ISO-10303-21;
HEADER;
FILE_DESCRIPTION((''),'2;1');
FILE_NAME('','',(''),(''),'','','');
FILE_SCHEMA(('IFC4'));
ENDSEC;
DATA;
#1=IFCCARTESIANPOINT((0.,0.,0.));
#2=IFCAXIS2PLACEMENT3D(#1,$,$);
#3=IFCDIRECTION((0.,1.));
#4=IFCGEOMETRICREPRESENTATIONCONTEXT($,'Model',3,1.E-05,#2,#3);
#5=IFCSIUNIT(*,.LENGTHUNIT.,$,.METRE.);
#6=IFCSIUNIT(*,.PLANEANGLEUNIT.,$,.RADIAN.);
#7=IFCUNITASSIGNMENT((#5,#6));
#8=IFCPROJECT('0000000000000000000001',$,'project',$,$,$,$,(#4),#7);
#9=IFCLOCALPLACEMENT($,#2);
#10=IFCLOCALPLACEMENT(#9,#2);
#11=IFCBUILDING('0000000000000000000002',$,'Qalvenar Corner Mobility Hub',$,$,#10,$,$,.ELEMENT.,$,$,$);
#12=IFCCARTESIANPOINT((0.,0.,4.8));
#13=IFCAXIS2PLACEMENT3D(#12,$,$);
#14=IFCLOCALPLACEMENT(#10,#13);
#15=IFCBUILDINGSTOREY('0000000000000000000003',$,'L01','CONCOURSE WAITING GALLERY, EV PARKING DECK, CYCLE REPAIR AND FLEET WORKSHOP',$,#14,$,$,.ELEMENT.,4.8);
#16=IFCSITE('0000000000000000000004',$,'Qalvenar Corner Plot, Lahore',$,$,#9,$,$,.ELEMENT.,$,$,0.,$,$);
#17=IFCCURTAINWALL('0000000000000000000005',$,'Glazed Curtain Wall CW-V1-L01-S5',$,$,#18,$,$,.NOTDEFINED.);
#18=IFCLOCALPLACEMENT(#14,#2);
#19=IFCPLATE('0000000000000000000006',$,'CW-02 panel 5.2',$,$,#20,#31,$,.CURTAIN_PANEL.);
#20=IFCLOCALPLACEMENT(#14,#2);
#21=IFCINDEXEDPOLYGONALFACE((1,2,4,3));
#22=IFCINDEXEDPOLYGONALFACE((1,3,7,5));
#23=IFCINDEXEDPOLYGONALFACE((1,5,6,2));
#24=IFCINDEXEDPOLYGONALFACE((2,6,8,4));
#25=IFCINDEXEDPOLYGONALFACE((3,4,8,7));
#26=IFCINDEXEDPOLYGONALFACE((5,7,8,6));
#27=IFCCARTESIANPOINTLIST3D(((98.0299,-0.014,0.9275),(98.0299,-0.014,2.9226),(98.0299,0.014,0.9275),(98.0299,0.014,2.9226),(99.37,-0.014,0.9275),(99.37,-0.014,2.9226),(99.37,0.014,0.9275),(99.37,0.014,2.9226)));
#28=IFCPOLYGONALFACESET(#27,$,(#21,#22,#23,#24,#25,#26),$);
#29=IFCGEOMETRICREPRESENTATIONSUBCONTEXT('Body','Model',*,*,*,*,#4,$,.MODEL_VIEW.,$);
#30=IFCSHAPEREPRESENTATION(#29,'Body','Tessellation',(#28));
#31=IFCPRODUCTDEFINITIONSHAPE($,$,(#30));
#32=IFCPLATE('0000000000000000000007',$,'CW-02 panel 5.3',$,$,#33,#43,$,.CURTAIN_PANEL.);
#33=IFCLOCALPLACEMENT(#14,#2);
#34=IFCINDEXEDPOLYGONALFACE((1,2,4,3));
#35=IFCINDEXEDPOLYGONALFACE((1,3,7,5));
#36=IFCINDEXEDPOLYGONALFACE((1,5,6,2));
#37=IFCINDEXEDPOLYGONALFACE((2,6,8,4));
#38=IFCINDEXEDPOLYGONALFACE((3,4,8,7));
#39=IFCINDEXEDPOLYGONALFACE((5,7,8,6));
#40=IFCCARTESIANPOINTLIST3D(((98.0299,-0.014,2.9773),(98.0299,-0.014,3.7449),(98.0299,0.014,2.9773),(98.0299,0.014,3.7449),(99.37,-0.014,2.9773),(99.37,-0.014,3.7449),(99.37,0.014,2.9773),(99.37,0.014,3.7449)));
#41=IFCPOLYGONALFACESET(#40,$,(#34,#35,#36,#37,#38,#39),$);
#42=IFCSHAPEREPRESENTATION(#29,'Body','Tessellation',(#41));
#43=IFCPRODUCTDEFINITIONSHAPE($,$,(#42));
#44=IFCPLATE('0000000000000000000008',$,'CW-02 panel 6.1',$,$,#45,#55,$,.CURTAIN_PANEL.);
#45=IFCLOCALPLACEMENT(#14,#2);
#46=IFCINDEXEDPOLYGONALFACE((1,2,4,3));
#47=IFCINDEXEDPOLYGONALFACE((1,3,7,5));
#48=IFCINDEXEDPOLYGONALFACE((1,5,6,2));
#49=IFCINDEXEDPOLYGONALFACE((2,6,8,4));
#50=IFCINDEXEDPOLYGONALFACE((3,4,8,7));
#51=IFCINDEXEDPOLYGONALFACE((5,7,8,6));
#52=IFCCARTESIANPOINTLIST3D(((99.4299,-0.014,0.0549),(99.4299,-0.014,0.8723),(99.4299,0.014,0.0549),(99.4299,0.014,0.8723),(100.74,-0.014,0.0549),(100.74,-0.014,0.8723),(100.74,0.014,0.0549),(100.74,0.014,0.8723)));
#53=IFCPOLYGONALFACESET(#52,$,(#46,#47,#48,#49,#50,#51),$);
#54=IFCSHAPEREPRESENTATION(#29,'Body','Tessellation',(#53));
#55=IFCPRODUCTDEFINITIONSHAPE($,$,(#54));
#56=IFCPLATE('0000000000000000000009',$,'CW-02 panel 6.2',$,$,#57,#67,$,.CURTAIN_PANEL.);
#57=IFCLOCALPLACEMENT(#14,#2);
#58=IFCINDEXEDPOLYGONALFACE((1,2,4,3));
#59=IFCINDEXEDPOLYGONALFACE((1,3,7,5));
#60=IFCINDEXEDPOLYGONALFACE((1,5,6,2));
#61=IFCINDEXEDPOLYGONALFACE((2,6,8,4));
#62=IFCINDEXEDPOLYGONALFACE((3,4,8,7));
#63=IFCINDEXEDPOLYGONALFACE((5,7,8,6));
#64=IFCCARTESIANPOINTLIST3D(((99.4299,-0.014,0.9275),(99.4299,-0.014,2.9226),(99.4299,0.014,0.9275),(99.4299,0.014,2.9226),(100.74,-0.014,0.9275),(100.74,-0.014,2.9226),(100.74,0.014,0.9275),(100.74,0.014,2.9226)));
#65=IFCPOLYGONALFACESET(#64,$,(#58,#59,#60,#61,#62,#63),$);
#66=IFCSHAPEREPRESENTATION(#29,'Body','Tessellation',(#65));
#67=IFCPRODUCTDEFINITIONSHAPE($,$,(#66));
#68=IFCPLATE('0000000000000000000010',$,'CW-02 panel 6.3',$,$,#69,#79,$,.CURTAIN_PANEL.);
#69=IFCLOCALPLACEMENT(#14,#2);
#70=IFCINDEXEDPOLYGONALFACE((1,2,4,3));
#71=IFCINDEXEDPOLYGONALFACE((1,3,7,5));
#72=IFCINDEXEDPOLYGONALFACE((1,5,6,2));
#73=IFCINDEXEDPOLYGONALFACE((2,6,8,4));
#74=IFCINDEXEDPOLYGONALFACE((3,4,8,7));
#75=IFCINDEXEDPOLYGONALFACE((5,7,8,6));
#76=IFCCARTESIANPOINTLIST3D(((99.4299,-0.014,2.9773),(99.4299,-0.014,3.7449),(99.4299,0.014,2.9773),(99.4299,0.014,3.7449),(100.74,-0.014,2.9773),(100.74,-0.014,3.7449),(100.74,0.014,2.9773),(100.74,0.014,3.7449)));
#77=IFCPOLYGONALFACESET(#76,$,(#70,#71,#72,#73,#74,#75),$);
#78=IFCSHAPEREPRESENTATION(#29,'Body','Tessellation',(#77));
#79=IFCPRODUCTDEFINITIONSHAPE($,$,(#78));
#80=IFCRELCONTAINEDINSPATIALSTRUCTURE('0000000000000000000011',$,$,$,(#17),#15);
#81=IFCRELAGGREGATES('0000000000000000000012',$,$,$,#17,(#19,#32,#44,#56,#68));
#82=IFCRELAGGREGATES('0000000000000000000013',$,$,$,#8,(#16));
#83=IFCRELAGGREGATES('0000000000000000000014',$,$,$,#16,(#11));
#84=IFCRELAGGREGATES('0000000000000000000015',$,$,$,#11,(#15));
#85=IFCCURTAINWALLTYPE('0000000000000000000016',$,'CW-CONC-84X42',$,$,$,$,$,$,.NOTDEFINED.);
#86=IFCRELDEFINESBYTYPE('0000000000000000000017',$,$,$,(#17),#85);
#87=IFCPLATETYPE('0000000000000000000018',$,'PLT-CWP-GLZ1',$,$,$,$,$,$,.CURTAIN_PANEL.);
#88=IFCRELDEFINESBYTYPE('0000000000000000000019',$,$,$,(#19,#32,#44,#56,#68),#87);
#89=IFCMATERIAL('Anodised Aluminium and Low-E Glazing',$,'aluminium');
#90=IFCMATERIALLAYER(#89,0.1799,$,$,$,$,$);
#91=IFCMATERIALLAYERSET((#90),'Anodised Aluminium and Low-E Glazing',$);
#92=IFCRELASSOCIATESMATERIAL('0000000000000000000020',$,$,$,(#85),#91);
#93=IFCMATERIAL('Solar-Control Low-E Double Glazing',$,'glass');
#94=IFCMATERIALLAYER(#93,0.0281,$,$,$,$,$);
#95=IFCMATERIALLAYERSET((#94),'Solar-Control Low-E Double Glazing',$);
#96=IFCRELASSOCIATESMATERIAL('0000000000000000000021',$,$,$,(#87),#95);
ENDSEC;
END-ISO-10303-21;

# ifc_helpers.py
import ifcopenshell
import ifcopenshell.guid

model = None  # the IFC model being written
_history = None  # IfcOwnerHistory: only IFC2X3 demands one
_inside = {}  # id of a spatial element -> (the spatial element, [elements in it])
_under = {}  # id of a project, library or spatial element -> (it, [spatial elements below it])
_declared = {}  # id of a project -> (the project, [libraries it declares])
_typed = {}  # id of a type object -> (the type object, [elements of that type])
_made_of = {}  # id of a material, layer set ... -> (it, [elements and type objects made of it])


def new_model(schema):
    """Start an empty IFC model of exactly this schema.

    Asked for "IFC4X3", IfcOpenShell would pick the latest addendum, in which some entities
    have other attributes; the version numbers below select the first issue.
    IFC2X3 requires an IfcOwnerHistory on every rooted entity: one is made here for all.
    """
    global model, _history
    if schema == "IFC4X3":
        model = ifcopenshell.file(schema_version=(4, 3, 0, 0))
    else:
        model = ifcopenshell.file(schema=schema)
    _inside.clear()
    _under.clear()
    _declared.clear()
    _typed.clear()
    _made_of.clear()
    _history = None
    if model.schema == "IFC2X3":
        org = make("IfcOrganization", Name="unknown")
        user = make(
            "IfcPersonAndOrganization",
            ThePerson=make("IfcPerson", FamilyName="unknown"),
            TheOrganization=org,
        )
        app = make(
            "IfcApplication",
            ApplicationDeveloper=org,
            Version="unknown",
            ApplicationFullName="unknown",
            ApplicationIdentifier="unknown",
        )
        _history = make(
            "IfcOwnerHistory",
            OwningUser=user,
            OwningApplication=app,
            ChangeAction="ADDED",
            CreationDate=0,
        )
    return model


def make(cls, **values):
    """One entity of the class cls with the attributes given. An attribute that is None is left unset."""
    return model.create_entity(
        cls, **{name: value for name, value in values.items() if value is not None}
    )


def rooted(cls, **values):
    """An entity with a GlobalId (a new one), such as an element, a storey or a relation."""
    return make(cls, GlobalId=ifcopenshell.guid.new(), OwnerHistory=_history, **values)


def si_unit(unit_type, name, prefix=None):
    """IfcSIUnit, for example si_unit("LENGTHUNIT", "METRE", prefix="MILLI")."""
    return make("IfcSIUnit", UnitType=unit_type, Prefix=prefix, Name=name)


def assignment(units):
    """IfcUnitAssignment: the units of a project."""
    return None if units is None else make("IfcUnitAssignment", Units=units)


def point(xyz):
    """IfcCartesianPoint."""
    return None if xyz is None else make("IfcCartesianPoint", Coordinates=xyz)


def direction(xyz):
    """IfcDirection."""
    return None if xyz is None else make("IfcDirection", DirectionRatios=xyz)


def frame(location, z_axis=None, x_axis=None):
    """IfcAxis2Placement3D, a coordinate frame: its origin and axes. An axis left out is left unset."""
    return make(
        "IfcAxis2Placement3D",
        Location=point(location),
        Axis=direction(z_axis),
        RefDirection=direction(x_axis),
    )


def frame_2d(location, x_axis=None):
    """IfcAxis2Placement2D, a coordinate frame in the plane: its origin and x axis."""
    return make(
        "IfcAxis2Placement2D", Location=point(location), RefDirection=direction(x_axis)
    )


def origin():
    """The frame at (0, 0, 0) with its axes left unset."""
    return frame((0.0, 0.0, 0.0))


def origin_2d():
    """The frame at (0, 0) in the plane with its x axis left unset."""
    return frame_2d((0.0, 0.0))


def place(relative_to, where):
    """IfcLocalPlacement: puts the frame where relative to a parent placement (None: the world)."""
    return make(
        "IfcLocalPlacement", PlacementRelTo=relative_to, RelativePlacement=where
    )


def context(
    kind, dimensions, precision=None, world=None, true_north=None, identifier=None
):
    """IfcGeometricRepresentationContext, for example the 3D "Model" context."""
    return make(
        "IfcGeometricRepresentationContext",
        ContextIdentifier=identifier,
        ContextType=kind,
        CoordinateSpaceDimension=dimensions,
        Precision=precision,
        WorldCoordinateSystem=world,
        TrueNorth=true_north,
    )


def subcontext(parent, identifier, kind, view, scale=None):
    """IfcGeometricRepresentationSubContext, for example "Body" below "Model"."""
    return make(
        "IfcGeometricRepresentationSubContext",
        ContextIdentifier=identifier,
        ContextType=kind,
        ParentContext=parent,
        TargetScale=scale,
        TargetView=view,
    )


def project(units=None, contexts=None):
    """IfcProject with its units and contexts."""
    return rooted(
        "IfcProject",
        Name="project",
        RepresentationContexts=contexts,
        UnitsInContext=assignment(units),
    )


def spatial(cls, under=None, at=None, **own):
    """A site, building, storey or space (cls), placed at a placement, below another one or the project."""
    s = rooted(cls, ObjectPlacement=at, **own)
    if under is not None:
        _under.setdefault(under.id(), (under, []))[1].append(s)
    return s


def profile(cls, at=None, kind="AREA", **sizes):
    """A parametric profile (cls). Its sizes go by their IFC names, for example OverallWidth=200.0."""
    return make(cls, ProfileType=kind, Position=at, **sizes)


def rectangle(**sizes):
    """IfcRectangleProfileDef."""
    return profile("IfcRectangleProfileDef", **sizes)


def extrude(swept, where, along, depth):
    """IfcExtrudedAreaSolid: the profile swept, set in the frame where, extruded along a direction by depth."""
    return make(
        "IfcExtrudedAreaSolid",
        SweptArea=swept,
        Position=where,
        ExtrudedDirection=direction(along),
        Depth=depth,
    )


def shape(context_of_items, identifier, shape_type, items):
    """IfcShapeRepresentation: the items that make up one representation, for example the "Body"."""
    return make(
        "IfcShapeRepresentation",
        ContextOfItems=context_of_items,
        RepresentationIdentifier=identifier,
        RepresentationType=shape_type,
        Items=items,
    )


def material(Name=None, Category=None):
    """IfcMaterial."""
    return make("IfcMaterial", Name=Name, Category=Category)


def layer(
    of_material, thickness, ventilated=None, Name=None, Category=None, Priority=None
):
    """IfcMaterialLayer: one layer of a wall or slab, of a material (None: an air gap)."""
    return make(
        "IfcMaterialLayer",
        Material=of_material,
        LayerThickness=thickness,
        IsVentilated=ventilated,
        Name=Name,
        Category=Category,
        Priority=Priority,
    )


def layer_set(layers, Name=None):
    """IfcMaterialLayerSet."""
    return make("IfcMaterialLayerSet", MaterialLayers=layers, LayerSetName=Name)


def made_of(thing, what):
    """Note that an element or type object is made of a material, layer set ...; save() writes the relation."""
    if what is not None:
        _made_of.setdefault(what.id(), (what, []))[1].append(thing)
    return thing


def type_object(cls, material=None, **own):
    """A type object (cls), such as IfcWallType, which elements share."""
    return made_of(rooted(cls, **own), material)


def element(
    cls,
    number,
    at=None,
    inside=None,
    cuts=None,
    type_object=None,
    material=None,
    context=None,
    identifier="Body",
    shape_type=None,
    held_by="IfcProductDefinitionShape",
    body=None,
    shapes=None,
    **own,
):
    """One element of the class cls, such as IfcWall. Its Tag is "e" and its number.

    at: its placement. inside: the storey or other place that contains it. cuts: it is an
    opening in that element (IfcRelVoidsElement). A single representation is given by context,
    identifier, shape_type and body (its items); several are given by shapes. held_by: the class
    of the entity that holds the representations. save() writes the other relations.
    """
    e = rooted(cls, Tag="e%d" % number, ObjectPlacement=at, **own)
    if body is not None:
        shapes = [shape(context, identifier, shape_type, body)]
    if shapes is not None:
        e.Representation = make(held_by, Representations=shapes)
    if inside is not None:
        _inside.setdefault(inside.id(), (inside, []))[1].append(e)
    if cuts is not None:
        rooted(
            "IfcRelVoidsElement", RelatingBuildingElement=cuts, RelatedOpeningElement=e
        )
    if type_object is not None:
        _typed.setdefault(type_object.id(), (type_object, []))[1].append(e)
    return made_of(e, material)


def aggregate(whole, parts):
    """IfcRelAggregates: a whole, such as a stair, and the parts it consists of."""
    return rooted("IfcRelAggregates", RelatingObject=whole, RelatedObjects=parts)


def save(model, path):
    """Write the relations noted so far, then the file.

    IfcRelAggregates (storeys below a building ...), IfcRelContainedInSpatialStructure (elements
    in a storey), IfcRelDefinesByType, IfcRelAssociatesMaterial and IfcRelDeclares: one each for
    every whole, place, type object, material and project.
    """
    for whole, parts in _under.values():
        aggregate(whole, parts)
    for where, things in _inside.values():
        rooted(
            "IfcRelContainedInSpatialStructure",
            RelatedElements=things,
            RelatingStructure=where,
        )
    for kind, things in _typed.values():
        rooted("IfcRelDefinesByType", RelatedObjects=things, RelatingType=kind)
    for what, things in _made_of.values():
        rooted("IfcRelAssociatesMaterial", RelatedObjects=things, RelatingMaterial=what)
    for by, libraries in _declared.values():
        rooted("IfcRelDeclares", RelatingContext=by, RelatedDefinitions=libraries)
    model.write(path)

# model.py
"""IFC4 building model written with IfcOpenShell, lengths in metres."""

from ifc_helpers import new_model, si_unit, direction, frame, origin, origin_2d, place, context, subcontext, project, spatial, rectangle, extrude, material, layer, layer_set, type_object, element, aggregate, save


model = new_model("IFC4")

# Units and contexts
model_context = context("Model", 3, precision=1e-05, world=origin(), true_north=direction((0.0, 1.0)))
body_context = subcontext(model_context, "Body", "Model", "MODEL_VIEW")
ifc_project = project(units=[si_unit("LENGTHUNIT", "METRE"), si_unit("PLANEANGLEUNIT", "RADIAN")], contexts=[model_context])

# Site, building, storey
site_placement = place(None, origin())
site = spatial("IfcSite", under=ifc_project, at=site_placement, Name="Qalvenar Corner Plot, Lahore", CompositionType="ELEMENT", RefElevation=0.0)
building_placement = place(site_placement, origin())
building = spatial("IfcBuilding", under=site, at=building_placement, Name="Qalvenar Corner Mobility Hub", CompositionType="ELEMENT")
storey_placement = place(building_placement, frame((0.0, 0.0, 4.8)))
storey = spatial("IfcBuildingStorey", under=building, at=storey_placement, Name="L01", Description="CONCOURSE WAITING GALLERY, EV PARKING DECK, CYCLE REPAIR AND FLEET WORKSHOP", CompositionType="ELEMENT", Elevation=4.8)

# Curtain wall
ifc_material_1 = material(Name="Anodised Aluminium and Low-E Glazing", Category="aluminium")
ifc_layer_1 = layer(ifc_material_1, 0.1799)
ifc_layer_set_1 = layer_set([ifc_layer_1], Name="Anodised Aluminium and Low-E Glazing")
curtain_wall_type = type_object("IfcCurtainWallType", Name="CW-CONC-84X42", PredefinedType="NOTDEFINED", material=ifc_layer_set_1)
curtain_wall_1_placement = place(storey_placement, origin())
curtain_wall_1 = element("IfcCurtainWall", 1, at=curtain_wall_1_placement, inside=storey, type_object=curtain_wall_type, Name="Glazed Curtain Wall CW-V1-L01-S5", PredefinedType="NOTDEFINED")

# Plates
ifc_material_2 = material(Name="Solar-Control Low-E Double Glazing", Category="glass")
ifc_layer_2 = layer(ifc_material_2, 0.0281)
ifc_layer_set_2 = layer_set([ifc_layer_2], Name="Solar-Control Low-E Double Glazing")
plate_type = type_object("IfcPlateType", Name="PLT-CWP-GLZ1", PredefinedType="CURTAIN_PANEL", material=ifc_layer_set_2)
plate_1_placement = place(storey_placement, frame((98.7, 0.0, 0.9275), z_axis=(0.0, 0.0, 1.0), x_axis=(1.0, 0.0, 0.0)))
plate_1 = element("IfcPlate", 2, at=plate_1_placement, type_object=plate_type, Name="CW-02 panel 5.2", PredefinedType="CURTAIN_PANEL", context=body_context, shape_type="SweptSolid", body=[
    extrude(rectangle(XDim=1.3401, YDim=0.0281, at=origin_2d()), origin(), (0.0, 0.0, 1.0), 1.9951),
])
plate_2_placement = place(storey_placement, frame((98.7, 0.0, 2.9773), z_axis=(0.0, 0.0, 1.0), x_axis=(1.0, 0.0, 0.0)))
plate_2 = element("IfcPlate", 3, at=plate_2_placement, type_object=plate_type, Name="CW-02 panel 5.3", PredefinedType="CURTAIN_PANEL", context=body_context, shape_type="SweptSolid", body=[
    extrude(rectangle(XDim=1.3401, YDim=0.0281, at=origin_2d()), origin(), (0.0, 0.0, 1.0), 0.7676),
])
plate_3_placement = place(storey_placement, frame((100.085, 0.0, 0.0549), z_axis=(0.0, 0.0, 1.0), x_axis=(1.0, 0.0, 0.0)))
plate_3 = element("IfcPlate", 4, at=plate_3_placement, type_object=plate_type, Name="CW-02 panel 6.1", PredefinedType="CURTAIN_PANEL", context=body_context, shape_type="SweptSolid", body=[
    extrude(rectangle(XDim=1.3101, YDim=0.0281, at=origin_2d()), origin(), (0.0, 0.0, 1.0), 0.8174),
])
plate_4_placement = place(storey_placement, frame((100.085, 0.0, 0.9275), z_axis=(0.0, 0.0, 1.0), x_axis=(1.0, 0.0, 0.0)))
plate_4 = element("IfcPlate", 5, at=plate_4_placement, type_object=plate_type, Name="CW-02 panel 6.2", PredefinedType="CURTAIN_PANEL", context=body_context, shape_type="SweptSolid", body=[
    extrude(rectangle(XDim=1.3101, YDim=0.0281, at=origin_2d()), origin(), (0.0, 0.0, 1.0), 1.9951),
])
plate_5_placement = place(storey_placement, frame((100.085, 0.0, 2.9773), z_axis=(0.0, 0.0, 1.0), x_axis=(1.0, 0.0, 0.0)))
plate_5 = element("IfcPlate", 6, at=plate_5_placement, type_object=plate_type, Name="CW-02 panel 6.3", PredefinedType="CURTAIN_PANEL", context=body_context, shape_type="SweptSolid", body=[
    extrude(rectangle(XDim=1.3101, YDim=0.0281, at=origin_2d()), origin(), (0.0, 0.0, 1.0), 0.7676),
])
aggregate(curtain_wall_1, [plate_1, plate_2, plate_3, plate_4, plate_5])

save(model, "model.ifc")
